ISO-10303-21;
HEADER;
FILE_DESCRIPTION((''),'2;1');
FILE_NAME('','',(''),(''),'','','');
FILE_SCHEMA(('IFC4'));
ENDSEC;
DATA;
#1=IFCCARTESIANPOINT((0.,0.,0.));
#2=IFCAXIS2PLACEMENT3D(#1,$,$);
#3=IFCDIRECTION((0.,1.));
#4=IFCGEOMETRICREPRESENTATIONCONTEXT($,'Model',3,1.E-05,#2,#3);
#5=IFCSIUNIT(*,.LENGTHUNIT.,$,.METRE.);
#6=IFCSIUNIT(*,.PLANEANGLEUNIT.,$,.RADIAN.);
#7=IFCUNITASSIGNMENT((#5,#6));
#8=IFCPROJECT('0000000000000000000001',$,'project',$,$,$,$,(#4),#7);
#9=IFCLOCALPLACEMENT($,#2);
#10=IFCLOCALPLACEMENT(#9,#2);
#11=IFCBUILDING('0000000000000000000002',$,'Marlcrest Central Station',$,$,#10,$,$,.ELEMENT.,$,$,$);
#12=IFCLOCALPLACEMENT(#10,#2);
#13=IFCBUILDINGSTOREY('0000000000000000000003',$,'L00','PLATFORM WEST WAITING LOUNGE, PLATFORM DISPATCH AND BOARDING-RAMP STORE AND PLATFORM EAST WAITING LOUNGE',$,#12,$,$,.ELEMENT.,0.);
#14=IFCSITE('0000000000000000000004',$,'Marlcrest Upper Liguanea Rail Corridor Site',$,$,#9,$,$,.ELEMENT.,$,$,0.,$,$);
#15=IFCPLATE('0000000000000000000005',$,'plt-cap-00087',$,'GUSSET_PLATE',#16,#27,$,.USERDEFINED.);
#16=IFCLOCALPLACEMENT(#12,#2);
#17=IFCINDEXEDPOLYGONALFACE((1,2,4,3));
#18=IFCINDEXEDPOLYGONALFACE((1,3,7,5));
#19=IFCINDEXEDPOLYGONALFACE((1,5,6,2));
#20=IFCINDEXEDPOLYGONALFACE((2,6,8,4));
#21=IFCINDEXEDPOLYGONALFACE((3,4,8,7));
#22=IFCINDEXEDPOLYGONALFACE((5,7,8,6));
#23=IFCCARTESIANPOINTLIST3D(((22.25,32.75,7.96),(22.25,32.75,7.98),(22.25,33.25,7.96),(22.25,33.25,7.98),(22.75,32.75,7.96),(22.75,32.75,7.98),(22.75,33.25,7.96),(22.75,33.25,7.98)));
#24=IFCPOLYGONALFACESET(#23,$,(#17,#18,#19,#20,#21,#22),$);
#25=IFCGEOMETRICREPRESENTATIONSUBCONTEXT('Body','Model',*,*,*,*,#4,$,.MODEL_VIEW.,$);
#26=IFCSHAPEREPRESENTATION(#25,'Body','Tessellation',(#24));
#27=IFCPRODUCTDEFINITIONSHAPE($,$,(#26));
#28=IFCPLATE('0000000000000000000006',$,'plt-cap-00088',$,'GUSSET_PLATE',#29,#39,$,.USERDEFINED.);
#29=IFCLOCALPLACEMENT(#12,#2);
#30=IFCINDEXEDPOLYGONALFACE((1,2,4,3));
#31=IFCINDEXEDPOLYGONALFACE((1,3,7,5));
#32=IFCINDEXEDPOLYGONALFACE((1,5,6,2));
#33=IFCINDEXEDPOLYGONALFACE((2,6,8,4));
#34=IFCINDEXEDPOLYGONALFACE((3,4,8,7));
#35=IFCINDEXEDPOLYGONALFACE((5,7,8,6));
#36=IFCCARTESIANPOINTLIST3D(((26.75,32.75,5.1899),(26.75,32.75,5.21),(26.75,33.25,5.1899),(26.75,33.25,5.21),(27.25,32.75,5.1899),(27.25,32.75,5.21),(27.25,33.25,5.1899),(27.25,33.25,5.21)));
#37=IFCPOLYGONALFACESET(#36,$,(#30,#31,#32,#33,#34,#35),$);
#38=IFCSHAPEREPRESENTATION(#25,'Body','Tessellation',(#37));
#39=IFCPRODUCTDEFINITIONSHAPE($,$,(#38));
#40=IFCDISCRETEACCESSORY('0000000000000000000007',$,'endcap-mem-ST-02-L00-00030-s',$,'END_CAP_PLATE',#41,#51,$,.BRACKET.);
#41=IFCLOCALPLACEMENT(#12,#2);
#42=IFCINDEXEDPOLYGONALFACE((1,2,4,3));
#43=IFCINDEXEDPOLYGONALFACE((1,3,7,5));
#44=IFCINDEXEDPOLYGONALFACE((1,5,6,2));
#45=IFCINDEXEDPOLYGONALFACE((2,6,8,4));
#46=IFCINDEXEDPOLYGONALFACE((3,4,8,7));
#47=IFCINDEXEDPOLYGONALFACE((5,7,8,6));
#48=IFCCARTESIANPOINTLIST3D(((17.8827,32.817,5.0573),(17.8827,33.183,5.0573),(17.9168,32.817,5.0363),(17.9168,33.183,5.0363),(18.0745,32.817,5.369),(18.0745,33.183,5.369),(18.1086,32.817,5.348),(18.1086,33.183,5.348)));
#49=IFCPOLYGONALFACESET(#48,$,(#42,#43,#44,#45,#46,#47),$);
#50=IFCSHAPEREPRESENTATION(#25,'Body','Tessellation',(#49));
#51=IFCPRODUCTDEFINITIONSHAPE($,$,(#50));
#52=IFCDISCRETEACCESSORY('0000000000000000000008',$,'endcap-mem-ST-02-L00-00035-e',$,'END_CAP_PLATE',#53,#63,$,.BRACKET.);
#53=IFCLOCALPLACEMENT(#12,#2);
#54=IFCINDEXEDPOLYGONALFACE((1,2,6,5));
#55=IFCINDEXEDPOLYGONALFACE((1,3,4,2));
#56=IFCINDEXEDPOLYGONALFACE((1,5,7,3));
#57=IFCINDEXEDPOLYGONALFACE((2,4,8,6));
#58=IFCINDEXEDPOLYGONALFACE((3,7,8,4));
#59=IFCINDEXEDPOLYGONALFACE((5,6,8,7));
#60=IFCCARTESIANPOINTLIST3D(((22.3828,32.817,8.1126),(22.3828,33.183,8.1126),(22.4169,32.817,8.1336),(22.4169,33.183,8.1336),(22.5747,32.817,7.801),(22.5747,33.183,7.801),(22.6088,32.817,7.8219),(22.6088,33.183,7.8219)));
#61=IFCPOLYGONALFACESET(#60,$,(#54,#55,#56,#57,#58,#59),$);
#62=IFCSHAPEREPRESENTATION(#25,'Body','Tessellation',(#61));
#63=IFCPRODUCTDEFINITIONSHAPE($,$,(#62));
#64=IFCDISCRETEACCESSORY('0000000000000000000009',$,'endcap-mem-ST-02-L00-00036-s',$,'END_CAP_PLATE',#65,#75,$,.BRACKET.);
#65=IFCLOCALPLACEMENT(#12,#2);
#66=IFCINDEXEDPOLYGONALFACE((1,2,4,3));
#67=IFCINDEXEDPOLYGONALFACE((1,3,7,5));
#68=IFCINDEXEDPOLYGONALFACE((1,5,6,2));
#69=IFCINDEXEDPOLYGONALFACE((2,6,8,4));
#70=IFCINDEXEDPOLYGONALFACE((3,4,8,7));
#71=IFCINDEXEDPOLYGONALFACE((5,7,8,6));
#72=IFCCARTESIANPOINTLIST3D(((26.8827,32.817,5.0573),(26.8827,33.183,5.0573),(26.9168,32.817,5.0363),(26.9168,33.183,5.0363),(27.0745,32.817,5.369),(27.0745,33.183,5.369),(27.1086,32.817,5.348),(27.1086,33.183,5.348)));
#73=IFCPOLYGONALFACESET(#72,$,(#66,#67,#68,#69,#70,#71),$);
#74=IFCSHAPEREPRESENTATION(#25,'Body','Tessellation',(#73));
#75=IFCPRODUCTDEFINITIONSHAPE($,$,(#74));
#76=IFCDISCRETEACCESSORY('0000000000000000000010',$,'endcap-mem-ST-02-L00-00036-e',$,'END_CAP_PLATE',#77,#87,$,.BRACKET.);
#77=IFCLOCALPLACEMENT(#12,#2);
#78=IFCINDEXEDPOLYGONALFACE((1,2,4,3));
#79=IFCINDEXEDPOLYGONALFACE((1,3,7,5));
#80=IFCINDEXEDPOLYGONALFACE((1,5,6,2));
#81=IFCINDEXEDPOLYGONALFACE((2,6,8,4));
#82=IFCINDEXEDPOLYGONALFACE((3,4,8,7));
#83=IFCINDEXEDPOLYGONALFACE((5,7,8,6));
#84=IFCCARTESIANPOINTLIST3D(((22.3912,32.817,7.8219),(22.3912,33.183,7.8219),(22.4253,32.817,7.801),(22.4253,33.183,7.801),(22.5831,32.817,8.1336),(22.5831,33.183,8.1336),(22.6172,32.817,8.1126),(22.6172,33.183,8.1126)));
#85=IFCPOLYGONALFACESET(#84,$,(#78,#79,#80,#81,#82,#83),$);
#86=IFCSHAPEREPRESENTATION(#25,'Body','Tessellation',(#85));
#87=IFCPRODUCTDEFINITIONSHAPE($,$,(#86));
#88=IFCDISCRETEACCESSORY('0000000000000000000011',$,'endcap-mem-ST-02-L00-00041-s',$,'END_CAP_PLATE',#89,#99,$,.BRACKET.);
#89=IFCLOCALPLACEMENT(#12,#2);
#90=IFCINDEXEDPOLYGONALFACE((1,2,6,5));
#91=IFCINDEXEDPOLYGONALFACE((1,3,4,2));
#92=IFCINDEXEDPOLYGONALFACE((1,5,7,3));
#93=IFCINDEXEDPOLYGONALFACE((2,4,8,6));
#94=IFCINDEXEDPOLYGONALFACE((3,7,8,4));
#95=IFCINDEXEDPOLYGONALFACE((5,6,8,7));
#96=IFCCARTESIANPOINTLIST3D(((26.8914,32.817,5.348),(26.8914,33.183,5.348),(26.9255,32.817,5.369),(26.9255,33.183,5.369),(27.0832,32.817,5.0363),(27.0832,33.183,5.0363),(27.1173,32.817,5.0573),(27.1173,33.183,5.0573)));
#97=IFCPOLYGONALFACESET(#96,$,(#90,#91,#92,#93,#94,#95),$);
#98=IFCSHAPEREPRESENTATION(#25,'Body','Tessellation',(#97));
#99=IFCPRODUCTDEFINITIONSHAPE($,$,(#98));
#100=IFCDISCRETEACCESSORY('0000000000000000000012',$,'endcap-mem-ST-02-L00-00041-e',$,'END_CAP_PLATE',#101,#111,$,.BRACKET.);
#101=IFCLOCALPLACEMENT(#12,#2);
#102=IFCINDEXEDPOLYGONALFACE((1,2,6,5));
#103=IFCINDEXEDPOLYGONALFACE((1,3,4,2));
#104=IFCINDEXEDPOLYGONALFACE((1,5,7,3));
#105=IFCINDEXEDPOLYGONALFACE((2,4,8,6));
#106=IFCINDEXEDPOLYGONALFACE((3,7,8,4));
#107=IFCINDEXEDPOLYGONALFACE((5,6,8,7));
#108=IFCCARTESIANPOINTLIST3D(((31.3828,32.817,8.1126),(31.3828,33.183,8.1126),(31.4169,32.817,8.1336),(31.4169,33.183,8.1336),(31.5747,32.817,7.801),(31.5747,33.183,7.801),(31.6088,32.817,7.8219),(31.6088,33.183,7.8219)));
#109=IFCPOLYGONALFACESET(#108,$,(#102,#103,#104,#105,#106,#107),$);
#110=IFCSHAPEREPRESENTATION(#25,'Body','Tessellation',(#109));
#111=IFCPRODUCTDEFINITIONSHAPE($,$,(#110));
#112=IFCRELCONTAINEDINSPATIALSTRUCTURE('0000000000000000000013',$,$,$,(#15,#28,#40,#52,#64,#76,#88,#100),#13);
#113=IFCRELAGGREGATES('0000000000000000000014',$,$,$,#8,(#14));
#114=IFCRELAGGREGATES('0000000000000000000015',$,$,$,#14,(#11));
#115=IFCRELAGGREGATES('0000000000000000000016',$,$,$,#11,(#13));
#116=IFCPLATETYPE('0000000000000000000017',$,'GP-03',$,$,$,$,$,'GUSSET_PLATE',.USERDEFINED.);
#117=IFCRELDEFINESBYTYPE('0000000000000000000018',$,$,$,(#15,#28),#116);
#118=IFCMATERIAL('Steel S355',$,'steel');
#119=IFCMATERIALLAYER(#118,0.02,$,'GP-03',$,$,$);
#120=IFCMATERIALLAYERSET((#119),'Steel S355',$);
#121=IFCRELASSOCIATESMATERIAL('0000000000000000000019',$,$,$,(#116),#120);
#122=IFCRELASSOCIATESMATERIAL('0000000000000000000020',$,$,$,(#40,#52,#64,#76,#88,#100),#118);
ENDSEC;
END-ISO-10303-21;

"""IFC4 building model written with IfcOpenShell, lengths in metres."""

from ifc_helpers import new_model, si_unit, direction, frame, origin, origin_2d, place, context, subcontext, project, spatial, rectangle, extrude, material, layer, layer_set, type_object, element, save


model = new_model("IFC4")

# Units and contexts
model_context = context("Model", 3, precision=1e-05, world=origin(), true_north=direction((0.0, 1.0)))
body_context = subcontext(model_context, "Body", "Model", "MODEL_VIEW")
ifc_project = project(units=[si_unit("LENGTHUNIT", "METRE"), si_unit("PLANEANGLEUNIT", "RADIAN")], contexts=[model_context])

# Site, building, storey
site_placement = place(None, origin())
site = spatial("IfcSite", under=ifc_project, at=site_placement, Name="Marlcrest Upper Liguanea Rail Corridor Site", CompositionType="ELEMENT", RefElevation=0.0)
building_placement = place(site_placement, origin())
building = spatial("IfcBuilding", under=site, at=building_placement, Name="Marlcrest Central Station", CompositionType="ELEMENT")
storey_placement = place(building_placement, origin())
storey = spatial("IfcBuildingStorey", under=building, at=storey_placement, Name="L00", Description="PLATFORM WEST WAITING LOUNGE, PLATFORM DISPATCH AND BOARDING-RAMP STORE AND PLATFORM EAST WAITING LOUNGE", CompositionType="ELEMENT", Elevation=0.0)

# Shared definitions
ifc_material_1 = material(Name="Steel S355", Category="steel")

# Plates
ifc_layer_1 = layer(ifc_material_1, 0.02, Name="GP-03")
ifc_layer_set_1 = layer_set([ifc_layer_1], Name="Steel S355")
plate_type = type_object("IfcPlateType", Name="GP-03", ElementType="GUSSET_PLATE", PredefinedType="USERDEFINED", material=ifc_layer_set_1)
for number, where, z_axis, x_axis, name in (
    (1, (22.5, 33.0, 7.96), (0.0, 0.0, 1.0), (1.0, 0.0, 0.0), "plt-cap-00087"),
    (2, (27.0, 33.0, 5.1899), (0.0, 0.0, 1.0), (1.0, 0.0, 0.0), "plt-cap-00088"),
):
    element("IfcPlate", number, at=place(storey_placement, frame(where, z_axis=z_axis, x_axis=x_axis)), inside=storey, type_object=plate_type, Name=name, ObjectType="GUSSET_PLATE", PredefinedType="USERDEFINED", context=body_context, shape_type="SweptSolid", body=[
        extrude(rectangle(XDim=0.5, YDim=0.5, at=origin_2d()), origin(), (0.0, 0.0, 1.0), 0.02),
    ])

# Discrete accessories
for number, where, z_axis, x_axis, name in (
    (3, (18.0127, 33.0, 5.1921), (-0.851592, 0.0, 0.524206), (0.0, -1.0, 0.0), "endcap-mem-ST-02-L00-00030-s"),
    (4, (22.4788, 33.0, 7.9568), (0.851592, 0.0, 0.524206), (0.0, 1.0, 0.0), "endcap-mem-ST-02-L00-00035-e"),
    (5, (27.0127, 33.0, 5.1921), (-0.851592, 0.0, 0.524206), (0.0, -1.0, 0.0), "endcap-mem-ST-02-L00-00036-s"),
    (6, (22.5212, 33.0, 7.9568), (-0.851592, 0.0, 0.524206), (0.0, -1.0, 0.0), "endcap-mem-ST-02-L00-00036-e"),
    (7, (26.9873, 33.0, 5.1921), (0.851592, 0.0, 0.524206), (0.0, 1.0, 0.0), "endcap-mem-ST-02-L00-00041-s"),
    (8, (31.4788, 33.0, 7.9568), (0.851592, 0.0, 0.524206), (0.0, 1.0, 0.0), "endcap-mem-ST-02-L00-00041-e"),
):
    element("IfcDiscreteAccessory", number, at=place(storey_placement, frame(where, z_axis=z_axis, x_axis=x_axis)), inside=storey, material=ifc_material_1, Name=name, ObjectType="END_CAP_PLATE", PredefinedType="BRACKET", context=body_context, shape_type="SweptSolid", body=[
        extrude(rectangle(XDim=0.366, YDim=0.366, at=origin_2d()), origin(), (0.0, 0.0, 1.0), 0.04),
    ])

save(model, "model.ifc")
